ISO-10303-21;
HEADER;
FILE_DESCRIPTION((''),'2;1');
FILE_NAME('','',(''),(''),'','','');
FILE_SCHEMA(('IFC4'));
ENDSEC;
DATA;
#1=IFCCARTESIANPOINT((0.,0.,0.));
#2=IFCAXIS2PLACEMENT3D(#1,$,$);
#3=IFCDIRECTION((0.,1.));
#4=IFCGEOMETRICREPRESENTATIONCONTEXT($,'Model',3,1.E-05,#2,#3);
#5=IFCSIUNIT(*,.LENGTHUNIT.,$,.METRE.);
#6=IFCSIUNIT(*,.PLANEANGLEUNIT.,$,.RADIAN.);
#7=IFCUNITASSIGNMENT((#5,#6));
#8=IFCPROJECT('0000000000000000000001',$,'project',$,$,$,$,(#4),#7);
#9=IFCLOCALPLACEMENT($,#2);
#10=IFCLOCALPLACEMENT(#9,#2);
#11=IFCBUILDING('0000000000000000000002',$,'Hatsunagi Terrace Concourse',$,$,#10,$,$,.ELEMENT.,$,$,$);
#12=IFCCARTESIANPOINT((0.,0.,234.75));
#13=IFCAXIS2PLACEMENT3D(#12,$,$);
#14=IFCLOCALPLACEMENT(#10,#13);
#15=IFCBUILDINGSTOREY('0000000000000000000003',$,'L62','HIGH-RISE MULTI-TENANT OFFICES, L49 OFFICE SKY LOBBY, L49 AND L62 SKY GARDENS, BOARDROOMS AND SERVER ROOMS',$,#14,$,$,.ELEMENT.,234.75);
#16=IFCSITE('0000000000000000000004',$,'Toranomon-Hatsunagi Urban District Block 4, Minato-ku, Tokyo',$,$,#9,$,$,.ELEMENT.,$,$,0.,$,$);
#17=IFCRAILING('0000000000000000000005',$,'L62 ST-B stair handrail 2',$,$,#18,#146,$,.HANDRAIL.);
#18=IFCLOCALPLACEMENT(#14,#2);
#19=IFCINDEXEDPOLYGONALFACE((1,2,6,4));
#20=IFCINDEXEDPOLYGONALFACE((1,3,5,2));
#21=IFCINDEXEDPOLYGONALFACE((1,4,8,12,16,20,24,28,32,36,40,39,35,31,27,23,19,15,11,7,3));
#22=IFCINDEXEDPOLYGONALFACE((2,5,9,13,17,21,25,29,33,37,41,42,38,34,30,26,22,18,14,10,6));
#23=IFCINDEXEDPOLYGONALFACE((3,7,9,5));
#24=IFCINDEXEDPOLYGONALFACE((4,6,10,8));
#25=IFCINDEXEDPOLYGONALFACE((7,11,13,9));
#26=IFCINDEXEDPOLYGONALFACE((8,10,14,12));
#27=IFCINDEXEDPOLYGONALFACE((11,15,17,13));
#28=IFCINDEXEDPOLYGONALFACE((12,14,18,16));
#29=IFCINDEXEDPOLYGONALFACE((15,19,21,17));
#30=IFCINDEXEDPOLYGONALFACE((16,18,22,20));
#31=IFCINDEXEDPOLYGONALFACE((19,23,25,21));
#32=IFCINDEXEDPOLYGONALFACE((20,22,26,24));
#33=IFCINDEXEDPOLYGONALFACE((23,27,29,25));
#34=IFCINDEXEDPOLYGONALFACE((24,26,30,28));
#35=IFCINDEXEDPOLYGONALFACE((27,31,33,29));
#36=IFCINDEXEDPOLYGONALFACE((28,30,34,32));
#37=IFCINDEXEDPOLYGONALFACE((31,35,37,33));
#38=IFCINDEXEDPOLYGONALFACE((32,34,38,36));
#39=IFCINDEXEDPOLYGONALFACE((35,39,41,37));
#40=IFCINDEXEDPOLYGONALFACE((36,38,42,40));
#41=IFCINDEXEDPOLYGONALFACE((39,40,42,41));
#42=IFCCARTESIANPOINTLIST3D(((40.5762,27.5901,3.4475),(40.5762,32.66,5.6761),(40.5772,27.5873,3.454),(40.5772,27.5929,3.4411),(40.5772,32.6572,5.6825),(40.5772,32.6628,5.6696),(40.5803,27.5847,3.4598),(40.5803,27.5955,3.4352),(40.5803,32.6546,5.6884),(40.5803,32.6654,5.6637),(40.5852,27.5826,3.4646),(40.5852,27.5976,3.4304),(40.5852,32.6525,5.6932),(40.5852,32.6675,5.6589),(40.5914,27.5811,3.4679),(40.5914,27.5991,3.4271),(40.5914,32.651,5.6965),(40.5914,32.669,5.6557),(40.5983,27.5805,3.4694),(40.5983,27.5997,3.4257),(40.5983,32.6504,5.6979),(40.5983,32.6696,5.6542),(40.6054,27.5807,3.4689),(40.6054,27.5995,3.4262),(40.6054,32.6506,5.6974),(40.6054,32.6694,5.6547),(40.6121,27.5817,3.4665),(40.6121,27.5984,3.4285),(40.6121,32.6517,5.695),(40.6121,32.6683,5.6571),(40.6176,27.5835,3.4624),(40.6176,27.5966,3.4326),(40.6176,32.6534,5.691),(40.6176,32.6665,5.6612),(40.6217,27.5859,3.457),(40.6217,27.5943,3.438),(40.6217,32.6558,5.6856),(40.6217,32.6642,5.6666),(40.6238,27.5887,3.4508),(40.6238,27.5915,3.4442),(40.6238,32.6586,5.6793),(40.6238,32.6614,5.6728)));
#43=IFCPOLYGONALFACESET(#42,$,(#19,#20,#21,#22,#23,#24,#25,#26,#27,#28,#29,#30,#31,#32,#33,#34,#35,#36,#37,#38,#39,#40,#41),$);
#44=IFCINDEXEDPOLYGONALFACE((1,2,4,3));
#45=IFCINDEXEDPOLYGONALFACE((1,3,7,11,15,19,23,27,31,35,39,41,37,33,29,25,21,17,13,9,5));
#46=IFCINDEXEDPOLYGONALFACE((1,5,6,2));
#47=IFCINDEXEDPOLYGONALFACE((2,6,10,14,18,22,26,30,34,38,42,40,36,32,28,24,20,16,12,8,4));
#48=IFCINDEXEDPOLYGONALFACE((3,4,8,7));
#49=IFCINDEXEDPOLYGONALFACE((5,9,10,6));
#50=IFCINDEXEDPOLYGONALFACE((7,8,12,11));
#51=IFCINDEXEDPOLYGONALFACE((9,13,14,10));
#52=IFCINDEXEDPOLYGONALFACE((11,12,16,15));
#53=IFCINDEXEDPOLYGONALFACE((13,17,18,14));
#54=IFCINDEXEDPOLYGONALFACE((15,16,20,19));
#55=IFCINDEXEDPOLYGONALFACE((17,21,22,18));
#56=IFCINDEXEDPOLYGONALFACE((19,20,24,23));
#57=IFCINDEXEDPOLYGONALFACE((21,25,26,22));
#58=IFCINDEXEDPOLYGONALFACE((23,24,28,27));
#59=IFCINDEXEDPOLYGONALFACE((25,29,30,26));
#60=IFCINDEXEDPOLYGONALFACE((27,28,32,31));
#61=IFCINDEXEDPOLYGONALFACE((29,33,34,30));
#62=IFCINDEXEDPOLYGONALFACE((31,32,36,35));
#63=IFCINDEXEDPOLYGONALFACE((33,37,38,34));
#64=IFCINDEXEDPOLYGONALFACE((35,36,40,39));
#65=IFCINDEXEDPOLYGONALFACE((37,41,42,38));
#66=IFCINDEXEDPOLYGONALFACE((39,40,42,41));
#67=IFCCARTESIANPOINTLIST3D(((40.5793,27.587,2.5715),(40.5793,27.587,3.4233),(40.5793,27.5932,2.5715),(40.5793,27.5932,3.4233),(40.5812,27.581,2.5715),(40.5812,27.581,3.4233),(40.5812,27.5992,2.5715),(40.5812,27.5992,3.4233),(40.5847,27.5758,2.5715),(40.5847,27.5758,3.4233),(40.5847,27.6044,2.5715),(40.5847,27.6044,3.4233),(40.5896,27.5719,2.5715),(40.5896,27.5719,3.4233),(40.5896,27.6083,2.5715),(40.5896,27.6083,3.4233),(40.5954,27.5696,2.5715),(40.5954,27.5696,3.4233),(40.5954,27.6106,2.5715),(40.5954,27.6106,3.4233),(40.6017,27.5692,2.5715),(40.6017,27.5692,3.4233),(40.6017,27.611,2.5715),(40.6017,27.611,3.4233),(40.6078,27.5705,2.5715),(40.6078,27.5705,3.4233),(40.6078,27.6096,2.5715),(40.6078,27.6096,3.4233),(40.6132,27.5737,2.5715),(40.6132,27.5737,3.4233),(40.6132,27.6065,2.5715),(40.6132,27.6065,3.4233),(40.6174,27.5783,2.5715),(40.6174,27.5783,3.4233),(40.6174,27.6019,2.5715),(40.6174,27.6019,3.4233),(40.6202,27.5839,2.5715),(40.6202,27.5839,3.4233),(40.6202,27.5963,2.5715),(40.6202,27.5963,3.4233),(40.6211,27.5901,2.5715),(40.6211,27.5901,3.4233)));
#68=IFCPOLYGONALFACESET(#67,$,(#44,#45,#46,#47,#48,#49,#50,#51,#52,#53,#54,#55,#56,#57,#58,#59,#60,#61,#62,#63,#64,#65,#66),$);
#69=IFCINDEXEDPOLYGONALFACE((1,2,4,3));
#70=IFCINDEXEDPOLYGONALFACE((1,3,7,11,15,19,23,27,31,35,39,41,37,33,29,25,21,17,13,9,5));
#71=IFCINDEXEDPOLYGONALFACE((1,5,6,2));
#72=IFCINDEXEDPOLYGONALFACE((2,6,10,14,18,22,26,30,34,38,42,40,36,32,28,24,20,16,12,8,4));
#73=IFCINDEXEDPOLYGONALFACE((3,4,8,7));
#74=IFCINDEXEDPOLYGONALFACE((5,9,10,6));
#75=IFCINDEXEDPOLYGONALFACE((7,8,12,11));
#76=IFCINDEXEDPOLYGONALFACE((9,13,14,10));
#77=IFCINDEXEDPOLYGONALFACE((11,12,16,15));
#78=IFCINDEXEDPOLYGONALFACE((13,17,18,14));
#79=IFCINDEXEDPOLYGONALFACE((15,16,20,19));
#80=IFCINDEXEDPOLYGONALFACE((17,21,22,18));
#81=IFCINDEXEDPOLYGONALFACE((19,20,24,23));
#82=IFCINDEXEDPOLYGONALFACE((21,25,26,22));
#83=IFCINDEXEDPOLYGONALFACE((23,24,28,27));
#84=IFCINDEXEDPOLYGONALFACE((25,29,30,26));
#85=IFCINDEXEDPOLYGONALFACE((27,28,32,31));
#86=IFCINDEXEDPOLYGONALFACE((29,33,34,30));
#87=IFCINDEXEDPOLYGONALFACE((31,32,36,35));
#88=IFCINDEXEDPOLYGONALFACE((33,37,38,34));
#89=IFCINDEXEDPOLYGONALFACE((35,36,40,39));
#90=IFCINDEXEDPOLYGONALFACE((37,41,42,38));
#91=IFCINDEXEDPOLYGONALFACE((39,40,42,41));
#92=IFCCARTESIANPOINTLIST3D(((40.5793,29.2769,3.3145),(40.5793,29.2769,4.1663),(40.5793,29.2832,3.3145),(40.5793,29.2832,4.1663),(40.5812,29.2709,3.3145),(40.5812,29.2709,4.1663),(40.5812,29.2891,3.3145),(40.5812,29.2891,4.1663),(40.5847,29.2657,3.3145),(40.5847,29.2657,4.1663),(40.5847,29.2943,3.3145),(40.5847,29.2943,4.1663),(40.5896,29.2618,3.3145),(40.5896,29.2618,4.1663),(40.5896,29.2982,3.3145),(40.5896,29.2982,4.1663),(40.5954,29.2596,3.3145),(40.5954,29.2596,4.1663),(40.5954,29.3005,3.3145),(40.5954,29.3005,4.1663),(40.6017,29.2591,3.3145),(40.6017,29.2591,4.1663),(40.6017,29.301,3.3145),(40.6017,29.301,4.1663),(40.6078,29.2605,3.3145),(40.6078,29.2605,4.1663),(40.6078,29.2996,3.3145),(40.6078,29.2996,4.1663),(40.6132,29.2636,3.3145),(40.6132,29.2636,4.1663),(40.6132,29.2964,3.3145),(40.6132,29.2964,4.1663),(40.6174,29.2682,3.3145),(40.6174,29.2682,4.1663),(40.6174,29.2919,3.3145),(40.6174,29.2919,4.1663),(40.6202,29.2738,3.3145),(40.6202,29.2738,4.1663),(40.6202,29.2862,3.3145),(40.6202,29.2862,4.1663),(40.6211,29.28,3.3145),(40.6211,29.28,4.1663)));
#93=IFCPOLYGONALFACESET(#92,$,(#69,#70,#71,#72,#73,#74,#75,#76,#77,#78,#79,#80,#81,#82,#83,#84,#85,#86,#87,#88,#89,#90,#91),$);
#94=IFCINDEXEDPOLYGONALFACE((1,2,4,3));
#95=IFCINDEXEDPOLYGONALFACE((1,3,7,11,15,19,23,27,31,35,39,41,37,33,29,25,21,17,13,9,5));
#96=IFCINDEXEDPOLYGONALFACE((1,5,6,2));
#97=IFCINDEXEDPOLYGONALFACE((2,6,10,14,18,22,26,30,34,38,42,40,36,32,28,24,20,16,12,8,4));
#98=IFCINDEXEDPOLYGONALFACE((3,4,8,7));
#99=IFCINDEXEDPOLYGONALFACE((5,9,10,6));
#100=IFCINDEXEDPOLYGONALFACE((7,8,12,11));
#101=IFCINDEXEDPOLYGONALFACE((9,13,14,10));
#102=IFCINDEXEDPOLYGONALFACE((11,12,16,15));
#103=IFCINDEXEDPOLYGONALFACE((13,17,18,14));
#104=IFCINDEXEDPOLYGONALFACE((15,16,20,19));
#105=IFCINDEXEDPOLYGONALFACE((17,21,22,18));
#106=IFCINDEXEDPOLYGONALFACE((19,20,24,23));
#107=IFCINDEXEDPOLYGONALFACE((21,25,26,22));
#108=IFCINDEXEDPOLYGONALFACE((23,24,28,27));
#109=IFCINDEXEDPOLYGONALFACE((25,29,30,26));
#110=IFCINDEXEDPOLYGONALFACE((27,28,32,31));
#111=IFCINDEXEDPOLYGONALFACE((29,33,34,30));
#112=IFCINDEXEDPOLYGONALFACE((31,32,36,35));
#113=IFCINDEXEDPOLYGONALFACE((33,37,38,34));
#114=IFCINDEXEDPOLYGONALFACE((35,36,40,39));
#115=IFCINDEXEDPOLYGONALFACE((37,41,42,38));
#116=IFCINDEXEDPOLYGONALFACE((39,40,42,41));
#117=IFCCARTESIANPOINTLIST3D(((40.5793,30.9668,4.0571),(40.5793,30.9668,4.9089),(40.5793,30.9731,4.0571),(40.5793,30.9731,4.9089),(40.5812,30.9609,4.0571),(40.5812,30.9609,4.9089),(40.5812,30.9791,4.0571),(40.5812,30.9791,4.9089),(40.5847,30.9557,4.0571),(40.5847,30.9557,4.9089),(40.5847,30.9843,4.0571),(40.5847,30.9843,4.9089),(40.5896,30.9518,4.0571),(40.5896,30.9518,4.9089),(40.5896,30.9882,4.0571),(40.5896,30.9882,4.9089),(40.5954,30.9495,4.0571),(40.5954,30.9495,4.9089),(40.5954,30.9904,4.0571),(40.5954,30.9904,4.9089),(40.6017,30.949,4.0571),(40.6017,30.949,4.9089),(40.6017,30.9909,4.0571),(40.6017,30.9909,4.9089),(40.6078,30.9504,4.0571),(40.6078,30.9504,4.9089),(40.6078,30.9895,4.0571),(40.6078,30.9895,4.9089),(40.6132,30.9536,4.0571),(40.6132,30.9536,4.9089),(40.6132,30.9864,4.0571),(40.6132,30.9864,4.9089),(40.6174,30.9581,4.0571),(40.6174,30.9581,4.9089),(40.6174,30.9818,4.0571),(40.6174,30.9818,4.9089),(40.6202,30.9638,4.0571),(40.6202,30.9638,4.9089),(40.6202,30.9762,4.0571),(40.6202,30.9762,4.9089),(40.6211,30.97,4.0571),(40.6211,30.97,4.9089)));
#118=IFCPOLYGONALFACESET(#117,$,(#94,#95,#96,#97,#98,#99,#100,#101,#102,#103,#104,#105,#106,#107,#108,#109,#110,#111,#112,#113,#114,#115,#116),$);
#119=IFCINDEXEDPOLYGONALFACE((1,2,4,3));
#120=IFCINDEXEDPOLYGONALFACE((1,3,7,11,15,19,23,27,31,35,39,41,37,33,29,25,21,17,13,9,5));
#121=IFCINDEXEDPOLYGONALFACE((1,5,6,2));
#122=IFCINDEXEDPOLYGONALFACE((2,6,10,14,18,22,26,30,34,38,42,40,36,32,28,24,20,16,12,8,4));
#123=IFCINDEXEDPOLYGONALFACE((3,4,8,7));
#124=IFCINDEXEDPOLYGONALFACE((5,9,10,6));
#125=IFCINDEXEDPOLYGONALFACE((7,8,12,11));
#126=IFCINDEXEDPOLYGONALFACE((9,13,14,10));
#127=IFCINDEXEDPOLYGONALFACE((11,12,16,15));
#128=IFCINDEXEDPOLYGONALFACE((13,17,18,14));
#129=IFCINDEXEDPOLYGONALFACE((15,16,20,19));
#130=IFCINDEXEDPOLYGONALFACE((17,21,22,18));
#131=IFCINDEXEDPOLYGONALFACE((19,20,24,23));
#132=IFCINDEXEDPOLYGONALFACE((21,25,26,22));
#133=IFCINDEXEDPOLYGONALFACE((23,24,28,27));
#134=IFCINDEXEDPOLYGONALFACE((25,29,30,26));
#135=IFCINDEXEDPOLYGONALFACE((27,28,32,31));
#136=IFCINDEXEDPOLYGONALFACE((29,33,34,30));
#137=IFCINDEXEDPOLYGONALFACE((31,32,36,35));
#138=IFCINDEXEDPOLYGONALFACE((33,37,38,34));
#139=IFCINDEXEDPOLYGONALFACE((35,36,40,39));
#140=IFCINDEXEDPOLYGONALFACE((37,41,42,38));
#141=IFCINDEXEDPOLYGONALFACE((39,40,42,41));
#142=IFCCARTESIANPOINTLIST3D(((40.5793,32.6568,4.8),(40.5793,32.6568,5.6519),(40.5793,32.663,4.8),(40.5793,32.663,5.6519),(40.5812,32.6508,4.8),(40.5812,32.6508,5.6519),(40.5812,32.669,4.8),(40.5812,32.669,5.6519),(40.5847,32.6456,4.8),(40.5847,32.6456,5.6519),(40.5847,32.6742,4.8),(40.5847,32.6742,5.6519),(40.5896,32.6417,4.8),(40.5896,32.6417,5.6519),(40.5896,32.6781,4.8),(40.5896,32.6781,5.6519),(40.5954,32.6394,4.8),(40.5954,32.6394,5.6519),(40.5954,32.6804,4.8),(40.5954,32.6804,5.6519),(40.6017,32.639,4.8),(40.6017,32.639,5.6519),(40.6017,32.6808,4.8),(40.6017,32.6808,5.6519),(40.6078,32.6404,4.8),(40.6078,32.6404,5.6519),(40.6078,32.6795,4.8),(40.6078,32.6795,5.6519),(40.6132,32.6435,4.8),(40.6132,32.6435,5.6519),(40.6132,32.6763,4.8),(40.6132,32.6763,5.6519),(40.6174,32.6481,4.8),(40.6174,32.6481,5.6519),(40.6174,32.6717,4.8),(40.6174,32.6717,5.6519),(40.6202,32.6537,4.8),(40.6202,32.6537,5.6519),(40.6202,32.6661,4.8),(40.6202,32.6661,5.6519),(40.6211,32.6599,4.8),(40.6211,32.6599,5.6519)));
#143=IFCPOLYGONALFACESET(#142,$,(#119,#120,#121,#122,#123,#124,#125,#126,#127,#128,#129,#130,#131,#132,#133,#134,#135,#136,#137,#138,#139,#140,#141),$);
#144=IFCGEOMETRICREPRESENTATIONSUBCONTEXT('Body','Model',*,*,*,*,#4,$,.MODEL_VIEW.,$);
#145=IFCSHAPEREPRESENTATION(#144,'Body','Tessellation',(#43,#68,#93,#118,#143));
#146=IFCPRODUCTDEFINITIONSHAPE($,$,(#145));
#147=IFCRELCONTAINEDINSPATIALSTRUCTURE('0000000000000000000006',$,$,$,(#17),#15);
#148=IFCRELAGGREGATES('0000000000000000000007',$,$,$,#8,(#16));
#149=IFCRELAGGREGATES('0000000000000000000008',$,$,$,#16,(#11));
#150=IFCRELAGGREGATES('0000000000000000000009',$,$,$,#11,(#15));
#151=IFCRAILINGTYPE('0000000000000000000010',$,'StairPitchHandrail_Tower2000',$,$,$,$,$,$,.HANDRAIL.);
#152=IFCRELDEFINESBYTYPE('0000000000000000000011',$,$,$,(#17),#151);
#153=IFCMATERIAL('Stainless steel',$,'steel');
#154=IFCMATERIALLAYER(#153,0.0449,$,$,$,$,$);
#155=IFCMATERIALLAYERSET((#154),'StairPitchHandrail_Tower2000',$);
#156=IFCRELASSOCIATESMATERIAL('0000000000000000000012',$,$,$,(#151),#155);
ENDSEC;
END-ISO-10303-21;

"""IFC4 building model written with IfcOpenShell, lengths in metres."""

from ifc_helpers import new_model, si_unit, direction, frame, origin, origin_2d, place, context, subcontext, project, spatial, circle, extrude, material, layer, layer_set, type_object, element, save


model = new_model("IFC4")

# Units and contexts
model_context = context("Model", 3, precision=1e-05, world=origin(), true_north=direction((0.0, 1.0)))
body_context = subcontext(model_context, "Body", "Model", "MODEL_VIEW")
ifc_project = project(units=[si_unit("LENGTHUNIT", "METRE"), si_unit("PLANEANGLEUNIT", "RADIAN")], contexts=[model_context])

# Site, building, storey
site_placement = place(None, origin())
site = spatial("IfcSite", under=ifc_project, at=site_placement, Name="Toranomon-Hatsunagi Urban District Block 4, Minato-ku, Tokyo", CompositionType="ELEMENT", RefElevation=0.0)
building_placement = place(site_placement, origin())
building = spatial("IfcBuilding", under=site, at=building_placement, Name="Hatsunagi Terrace Concourse", CompositionType="ELEMENT")
storey_placement = place(building_placement, frame((0.0, 0.0, 234.75)))
storey = spatial("IfcBuildingStorey", under=building, at=storey_placement, Name="L62", Description="HIGH-RISE MULTI-TENANT OFFICES, L49 OFFICE SKY LOBBY, L49 AND L62 SKY GARDENS, BOARDROOMS AND SERVER ROOMS", CompositionType="ELEMENT", Elevation=234.75)

# Railing
ifc_material_1 = material(Name="Stainless steel", Category="steel")
ifc_layer_1 = layer(ifc_material_1, 0.0449)
ifc_layer_set_1 = layer_set([ifc_layer_1], Name="StairPitchHandrail_Tower2000")
railing_type_1 = type_object("IfcRailingType", Name="StairPitchHandrail_Tower2000", PredefinedType="HANDRAIL", material=ifc_layer_set_1)
railing_1_placement = place(storey_placement, frame((40.6001, 27.5901, 2.5715)))
element("IfcRailing", 1, at=railing_1_placement, inside=storey, type_object=railing_type_1, Name="L62 ST-B stair handrail 2", PredefinedType="HANDRAIL", context=body_context, shape_type="SweptSolid", body=[
    extrude(circle(Radius=0.0239, at=origin_2d()), frame((0.0, 0.0, 0.876), z_axis=(0.0, 0.915462, 0.402405), x_axis=(-1.0, 0.0, 0.0)), (0.0, 0.0, 1.0), 5.5381),
    extrude(circle(Radius=0.021, at=origin_2d()), origin(), (0.0, 0.0, 1.0), 0.8518),
    extrude(circle(Radius=0.021, at=origin_2d()), frame((0.0, 1.6899, 0.7429)), (0.0, 0.0, 1.0), 0.8518),
    extrude(circle(Radius=0.021, at=origin_2d()), frame((0.0, 3.3799, 1.4856)), (0.0, 0.0, 1.0), 0.8518),
    extrude(circle(Radius=0.021, at=origin_2d()), frame((0.0, 5.0698, 2.2285)), (0.0, 0.0, 1.0), 0.8518),
])

save(model, "model.ifc")
